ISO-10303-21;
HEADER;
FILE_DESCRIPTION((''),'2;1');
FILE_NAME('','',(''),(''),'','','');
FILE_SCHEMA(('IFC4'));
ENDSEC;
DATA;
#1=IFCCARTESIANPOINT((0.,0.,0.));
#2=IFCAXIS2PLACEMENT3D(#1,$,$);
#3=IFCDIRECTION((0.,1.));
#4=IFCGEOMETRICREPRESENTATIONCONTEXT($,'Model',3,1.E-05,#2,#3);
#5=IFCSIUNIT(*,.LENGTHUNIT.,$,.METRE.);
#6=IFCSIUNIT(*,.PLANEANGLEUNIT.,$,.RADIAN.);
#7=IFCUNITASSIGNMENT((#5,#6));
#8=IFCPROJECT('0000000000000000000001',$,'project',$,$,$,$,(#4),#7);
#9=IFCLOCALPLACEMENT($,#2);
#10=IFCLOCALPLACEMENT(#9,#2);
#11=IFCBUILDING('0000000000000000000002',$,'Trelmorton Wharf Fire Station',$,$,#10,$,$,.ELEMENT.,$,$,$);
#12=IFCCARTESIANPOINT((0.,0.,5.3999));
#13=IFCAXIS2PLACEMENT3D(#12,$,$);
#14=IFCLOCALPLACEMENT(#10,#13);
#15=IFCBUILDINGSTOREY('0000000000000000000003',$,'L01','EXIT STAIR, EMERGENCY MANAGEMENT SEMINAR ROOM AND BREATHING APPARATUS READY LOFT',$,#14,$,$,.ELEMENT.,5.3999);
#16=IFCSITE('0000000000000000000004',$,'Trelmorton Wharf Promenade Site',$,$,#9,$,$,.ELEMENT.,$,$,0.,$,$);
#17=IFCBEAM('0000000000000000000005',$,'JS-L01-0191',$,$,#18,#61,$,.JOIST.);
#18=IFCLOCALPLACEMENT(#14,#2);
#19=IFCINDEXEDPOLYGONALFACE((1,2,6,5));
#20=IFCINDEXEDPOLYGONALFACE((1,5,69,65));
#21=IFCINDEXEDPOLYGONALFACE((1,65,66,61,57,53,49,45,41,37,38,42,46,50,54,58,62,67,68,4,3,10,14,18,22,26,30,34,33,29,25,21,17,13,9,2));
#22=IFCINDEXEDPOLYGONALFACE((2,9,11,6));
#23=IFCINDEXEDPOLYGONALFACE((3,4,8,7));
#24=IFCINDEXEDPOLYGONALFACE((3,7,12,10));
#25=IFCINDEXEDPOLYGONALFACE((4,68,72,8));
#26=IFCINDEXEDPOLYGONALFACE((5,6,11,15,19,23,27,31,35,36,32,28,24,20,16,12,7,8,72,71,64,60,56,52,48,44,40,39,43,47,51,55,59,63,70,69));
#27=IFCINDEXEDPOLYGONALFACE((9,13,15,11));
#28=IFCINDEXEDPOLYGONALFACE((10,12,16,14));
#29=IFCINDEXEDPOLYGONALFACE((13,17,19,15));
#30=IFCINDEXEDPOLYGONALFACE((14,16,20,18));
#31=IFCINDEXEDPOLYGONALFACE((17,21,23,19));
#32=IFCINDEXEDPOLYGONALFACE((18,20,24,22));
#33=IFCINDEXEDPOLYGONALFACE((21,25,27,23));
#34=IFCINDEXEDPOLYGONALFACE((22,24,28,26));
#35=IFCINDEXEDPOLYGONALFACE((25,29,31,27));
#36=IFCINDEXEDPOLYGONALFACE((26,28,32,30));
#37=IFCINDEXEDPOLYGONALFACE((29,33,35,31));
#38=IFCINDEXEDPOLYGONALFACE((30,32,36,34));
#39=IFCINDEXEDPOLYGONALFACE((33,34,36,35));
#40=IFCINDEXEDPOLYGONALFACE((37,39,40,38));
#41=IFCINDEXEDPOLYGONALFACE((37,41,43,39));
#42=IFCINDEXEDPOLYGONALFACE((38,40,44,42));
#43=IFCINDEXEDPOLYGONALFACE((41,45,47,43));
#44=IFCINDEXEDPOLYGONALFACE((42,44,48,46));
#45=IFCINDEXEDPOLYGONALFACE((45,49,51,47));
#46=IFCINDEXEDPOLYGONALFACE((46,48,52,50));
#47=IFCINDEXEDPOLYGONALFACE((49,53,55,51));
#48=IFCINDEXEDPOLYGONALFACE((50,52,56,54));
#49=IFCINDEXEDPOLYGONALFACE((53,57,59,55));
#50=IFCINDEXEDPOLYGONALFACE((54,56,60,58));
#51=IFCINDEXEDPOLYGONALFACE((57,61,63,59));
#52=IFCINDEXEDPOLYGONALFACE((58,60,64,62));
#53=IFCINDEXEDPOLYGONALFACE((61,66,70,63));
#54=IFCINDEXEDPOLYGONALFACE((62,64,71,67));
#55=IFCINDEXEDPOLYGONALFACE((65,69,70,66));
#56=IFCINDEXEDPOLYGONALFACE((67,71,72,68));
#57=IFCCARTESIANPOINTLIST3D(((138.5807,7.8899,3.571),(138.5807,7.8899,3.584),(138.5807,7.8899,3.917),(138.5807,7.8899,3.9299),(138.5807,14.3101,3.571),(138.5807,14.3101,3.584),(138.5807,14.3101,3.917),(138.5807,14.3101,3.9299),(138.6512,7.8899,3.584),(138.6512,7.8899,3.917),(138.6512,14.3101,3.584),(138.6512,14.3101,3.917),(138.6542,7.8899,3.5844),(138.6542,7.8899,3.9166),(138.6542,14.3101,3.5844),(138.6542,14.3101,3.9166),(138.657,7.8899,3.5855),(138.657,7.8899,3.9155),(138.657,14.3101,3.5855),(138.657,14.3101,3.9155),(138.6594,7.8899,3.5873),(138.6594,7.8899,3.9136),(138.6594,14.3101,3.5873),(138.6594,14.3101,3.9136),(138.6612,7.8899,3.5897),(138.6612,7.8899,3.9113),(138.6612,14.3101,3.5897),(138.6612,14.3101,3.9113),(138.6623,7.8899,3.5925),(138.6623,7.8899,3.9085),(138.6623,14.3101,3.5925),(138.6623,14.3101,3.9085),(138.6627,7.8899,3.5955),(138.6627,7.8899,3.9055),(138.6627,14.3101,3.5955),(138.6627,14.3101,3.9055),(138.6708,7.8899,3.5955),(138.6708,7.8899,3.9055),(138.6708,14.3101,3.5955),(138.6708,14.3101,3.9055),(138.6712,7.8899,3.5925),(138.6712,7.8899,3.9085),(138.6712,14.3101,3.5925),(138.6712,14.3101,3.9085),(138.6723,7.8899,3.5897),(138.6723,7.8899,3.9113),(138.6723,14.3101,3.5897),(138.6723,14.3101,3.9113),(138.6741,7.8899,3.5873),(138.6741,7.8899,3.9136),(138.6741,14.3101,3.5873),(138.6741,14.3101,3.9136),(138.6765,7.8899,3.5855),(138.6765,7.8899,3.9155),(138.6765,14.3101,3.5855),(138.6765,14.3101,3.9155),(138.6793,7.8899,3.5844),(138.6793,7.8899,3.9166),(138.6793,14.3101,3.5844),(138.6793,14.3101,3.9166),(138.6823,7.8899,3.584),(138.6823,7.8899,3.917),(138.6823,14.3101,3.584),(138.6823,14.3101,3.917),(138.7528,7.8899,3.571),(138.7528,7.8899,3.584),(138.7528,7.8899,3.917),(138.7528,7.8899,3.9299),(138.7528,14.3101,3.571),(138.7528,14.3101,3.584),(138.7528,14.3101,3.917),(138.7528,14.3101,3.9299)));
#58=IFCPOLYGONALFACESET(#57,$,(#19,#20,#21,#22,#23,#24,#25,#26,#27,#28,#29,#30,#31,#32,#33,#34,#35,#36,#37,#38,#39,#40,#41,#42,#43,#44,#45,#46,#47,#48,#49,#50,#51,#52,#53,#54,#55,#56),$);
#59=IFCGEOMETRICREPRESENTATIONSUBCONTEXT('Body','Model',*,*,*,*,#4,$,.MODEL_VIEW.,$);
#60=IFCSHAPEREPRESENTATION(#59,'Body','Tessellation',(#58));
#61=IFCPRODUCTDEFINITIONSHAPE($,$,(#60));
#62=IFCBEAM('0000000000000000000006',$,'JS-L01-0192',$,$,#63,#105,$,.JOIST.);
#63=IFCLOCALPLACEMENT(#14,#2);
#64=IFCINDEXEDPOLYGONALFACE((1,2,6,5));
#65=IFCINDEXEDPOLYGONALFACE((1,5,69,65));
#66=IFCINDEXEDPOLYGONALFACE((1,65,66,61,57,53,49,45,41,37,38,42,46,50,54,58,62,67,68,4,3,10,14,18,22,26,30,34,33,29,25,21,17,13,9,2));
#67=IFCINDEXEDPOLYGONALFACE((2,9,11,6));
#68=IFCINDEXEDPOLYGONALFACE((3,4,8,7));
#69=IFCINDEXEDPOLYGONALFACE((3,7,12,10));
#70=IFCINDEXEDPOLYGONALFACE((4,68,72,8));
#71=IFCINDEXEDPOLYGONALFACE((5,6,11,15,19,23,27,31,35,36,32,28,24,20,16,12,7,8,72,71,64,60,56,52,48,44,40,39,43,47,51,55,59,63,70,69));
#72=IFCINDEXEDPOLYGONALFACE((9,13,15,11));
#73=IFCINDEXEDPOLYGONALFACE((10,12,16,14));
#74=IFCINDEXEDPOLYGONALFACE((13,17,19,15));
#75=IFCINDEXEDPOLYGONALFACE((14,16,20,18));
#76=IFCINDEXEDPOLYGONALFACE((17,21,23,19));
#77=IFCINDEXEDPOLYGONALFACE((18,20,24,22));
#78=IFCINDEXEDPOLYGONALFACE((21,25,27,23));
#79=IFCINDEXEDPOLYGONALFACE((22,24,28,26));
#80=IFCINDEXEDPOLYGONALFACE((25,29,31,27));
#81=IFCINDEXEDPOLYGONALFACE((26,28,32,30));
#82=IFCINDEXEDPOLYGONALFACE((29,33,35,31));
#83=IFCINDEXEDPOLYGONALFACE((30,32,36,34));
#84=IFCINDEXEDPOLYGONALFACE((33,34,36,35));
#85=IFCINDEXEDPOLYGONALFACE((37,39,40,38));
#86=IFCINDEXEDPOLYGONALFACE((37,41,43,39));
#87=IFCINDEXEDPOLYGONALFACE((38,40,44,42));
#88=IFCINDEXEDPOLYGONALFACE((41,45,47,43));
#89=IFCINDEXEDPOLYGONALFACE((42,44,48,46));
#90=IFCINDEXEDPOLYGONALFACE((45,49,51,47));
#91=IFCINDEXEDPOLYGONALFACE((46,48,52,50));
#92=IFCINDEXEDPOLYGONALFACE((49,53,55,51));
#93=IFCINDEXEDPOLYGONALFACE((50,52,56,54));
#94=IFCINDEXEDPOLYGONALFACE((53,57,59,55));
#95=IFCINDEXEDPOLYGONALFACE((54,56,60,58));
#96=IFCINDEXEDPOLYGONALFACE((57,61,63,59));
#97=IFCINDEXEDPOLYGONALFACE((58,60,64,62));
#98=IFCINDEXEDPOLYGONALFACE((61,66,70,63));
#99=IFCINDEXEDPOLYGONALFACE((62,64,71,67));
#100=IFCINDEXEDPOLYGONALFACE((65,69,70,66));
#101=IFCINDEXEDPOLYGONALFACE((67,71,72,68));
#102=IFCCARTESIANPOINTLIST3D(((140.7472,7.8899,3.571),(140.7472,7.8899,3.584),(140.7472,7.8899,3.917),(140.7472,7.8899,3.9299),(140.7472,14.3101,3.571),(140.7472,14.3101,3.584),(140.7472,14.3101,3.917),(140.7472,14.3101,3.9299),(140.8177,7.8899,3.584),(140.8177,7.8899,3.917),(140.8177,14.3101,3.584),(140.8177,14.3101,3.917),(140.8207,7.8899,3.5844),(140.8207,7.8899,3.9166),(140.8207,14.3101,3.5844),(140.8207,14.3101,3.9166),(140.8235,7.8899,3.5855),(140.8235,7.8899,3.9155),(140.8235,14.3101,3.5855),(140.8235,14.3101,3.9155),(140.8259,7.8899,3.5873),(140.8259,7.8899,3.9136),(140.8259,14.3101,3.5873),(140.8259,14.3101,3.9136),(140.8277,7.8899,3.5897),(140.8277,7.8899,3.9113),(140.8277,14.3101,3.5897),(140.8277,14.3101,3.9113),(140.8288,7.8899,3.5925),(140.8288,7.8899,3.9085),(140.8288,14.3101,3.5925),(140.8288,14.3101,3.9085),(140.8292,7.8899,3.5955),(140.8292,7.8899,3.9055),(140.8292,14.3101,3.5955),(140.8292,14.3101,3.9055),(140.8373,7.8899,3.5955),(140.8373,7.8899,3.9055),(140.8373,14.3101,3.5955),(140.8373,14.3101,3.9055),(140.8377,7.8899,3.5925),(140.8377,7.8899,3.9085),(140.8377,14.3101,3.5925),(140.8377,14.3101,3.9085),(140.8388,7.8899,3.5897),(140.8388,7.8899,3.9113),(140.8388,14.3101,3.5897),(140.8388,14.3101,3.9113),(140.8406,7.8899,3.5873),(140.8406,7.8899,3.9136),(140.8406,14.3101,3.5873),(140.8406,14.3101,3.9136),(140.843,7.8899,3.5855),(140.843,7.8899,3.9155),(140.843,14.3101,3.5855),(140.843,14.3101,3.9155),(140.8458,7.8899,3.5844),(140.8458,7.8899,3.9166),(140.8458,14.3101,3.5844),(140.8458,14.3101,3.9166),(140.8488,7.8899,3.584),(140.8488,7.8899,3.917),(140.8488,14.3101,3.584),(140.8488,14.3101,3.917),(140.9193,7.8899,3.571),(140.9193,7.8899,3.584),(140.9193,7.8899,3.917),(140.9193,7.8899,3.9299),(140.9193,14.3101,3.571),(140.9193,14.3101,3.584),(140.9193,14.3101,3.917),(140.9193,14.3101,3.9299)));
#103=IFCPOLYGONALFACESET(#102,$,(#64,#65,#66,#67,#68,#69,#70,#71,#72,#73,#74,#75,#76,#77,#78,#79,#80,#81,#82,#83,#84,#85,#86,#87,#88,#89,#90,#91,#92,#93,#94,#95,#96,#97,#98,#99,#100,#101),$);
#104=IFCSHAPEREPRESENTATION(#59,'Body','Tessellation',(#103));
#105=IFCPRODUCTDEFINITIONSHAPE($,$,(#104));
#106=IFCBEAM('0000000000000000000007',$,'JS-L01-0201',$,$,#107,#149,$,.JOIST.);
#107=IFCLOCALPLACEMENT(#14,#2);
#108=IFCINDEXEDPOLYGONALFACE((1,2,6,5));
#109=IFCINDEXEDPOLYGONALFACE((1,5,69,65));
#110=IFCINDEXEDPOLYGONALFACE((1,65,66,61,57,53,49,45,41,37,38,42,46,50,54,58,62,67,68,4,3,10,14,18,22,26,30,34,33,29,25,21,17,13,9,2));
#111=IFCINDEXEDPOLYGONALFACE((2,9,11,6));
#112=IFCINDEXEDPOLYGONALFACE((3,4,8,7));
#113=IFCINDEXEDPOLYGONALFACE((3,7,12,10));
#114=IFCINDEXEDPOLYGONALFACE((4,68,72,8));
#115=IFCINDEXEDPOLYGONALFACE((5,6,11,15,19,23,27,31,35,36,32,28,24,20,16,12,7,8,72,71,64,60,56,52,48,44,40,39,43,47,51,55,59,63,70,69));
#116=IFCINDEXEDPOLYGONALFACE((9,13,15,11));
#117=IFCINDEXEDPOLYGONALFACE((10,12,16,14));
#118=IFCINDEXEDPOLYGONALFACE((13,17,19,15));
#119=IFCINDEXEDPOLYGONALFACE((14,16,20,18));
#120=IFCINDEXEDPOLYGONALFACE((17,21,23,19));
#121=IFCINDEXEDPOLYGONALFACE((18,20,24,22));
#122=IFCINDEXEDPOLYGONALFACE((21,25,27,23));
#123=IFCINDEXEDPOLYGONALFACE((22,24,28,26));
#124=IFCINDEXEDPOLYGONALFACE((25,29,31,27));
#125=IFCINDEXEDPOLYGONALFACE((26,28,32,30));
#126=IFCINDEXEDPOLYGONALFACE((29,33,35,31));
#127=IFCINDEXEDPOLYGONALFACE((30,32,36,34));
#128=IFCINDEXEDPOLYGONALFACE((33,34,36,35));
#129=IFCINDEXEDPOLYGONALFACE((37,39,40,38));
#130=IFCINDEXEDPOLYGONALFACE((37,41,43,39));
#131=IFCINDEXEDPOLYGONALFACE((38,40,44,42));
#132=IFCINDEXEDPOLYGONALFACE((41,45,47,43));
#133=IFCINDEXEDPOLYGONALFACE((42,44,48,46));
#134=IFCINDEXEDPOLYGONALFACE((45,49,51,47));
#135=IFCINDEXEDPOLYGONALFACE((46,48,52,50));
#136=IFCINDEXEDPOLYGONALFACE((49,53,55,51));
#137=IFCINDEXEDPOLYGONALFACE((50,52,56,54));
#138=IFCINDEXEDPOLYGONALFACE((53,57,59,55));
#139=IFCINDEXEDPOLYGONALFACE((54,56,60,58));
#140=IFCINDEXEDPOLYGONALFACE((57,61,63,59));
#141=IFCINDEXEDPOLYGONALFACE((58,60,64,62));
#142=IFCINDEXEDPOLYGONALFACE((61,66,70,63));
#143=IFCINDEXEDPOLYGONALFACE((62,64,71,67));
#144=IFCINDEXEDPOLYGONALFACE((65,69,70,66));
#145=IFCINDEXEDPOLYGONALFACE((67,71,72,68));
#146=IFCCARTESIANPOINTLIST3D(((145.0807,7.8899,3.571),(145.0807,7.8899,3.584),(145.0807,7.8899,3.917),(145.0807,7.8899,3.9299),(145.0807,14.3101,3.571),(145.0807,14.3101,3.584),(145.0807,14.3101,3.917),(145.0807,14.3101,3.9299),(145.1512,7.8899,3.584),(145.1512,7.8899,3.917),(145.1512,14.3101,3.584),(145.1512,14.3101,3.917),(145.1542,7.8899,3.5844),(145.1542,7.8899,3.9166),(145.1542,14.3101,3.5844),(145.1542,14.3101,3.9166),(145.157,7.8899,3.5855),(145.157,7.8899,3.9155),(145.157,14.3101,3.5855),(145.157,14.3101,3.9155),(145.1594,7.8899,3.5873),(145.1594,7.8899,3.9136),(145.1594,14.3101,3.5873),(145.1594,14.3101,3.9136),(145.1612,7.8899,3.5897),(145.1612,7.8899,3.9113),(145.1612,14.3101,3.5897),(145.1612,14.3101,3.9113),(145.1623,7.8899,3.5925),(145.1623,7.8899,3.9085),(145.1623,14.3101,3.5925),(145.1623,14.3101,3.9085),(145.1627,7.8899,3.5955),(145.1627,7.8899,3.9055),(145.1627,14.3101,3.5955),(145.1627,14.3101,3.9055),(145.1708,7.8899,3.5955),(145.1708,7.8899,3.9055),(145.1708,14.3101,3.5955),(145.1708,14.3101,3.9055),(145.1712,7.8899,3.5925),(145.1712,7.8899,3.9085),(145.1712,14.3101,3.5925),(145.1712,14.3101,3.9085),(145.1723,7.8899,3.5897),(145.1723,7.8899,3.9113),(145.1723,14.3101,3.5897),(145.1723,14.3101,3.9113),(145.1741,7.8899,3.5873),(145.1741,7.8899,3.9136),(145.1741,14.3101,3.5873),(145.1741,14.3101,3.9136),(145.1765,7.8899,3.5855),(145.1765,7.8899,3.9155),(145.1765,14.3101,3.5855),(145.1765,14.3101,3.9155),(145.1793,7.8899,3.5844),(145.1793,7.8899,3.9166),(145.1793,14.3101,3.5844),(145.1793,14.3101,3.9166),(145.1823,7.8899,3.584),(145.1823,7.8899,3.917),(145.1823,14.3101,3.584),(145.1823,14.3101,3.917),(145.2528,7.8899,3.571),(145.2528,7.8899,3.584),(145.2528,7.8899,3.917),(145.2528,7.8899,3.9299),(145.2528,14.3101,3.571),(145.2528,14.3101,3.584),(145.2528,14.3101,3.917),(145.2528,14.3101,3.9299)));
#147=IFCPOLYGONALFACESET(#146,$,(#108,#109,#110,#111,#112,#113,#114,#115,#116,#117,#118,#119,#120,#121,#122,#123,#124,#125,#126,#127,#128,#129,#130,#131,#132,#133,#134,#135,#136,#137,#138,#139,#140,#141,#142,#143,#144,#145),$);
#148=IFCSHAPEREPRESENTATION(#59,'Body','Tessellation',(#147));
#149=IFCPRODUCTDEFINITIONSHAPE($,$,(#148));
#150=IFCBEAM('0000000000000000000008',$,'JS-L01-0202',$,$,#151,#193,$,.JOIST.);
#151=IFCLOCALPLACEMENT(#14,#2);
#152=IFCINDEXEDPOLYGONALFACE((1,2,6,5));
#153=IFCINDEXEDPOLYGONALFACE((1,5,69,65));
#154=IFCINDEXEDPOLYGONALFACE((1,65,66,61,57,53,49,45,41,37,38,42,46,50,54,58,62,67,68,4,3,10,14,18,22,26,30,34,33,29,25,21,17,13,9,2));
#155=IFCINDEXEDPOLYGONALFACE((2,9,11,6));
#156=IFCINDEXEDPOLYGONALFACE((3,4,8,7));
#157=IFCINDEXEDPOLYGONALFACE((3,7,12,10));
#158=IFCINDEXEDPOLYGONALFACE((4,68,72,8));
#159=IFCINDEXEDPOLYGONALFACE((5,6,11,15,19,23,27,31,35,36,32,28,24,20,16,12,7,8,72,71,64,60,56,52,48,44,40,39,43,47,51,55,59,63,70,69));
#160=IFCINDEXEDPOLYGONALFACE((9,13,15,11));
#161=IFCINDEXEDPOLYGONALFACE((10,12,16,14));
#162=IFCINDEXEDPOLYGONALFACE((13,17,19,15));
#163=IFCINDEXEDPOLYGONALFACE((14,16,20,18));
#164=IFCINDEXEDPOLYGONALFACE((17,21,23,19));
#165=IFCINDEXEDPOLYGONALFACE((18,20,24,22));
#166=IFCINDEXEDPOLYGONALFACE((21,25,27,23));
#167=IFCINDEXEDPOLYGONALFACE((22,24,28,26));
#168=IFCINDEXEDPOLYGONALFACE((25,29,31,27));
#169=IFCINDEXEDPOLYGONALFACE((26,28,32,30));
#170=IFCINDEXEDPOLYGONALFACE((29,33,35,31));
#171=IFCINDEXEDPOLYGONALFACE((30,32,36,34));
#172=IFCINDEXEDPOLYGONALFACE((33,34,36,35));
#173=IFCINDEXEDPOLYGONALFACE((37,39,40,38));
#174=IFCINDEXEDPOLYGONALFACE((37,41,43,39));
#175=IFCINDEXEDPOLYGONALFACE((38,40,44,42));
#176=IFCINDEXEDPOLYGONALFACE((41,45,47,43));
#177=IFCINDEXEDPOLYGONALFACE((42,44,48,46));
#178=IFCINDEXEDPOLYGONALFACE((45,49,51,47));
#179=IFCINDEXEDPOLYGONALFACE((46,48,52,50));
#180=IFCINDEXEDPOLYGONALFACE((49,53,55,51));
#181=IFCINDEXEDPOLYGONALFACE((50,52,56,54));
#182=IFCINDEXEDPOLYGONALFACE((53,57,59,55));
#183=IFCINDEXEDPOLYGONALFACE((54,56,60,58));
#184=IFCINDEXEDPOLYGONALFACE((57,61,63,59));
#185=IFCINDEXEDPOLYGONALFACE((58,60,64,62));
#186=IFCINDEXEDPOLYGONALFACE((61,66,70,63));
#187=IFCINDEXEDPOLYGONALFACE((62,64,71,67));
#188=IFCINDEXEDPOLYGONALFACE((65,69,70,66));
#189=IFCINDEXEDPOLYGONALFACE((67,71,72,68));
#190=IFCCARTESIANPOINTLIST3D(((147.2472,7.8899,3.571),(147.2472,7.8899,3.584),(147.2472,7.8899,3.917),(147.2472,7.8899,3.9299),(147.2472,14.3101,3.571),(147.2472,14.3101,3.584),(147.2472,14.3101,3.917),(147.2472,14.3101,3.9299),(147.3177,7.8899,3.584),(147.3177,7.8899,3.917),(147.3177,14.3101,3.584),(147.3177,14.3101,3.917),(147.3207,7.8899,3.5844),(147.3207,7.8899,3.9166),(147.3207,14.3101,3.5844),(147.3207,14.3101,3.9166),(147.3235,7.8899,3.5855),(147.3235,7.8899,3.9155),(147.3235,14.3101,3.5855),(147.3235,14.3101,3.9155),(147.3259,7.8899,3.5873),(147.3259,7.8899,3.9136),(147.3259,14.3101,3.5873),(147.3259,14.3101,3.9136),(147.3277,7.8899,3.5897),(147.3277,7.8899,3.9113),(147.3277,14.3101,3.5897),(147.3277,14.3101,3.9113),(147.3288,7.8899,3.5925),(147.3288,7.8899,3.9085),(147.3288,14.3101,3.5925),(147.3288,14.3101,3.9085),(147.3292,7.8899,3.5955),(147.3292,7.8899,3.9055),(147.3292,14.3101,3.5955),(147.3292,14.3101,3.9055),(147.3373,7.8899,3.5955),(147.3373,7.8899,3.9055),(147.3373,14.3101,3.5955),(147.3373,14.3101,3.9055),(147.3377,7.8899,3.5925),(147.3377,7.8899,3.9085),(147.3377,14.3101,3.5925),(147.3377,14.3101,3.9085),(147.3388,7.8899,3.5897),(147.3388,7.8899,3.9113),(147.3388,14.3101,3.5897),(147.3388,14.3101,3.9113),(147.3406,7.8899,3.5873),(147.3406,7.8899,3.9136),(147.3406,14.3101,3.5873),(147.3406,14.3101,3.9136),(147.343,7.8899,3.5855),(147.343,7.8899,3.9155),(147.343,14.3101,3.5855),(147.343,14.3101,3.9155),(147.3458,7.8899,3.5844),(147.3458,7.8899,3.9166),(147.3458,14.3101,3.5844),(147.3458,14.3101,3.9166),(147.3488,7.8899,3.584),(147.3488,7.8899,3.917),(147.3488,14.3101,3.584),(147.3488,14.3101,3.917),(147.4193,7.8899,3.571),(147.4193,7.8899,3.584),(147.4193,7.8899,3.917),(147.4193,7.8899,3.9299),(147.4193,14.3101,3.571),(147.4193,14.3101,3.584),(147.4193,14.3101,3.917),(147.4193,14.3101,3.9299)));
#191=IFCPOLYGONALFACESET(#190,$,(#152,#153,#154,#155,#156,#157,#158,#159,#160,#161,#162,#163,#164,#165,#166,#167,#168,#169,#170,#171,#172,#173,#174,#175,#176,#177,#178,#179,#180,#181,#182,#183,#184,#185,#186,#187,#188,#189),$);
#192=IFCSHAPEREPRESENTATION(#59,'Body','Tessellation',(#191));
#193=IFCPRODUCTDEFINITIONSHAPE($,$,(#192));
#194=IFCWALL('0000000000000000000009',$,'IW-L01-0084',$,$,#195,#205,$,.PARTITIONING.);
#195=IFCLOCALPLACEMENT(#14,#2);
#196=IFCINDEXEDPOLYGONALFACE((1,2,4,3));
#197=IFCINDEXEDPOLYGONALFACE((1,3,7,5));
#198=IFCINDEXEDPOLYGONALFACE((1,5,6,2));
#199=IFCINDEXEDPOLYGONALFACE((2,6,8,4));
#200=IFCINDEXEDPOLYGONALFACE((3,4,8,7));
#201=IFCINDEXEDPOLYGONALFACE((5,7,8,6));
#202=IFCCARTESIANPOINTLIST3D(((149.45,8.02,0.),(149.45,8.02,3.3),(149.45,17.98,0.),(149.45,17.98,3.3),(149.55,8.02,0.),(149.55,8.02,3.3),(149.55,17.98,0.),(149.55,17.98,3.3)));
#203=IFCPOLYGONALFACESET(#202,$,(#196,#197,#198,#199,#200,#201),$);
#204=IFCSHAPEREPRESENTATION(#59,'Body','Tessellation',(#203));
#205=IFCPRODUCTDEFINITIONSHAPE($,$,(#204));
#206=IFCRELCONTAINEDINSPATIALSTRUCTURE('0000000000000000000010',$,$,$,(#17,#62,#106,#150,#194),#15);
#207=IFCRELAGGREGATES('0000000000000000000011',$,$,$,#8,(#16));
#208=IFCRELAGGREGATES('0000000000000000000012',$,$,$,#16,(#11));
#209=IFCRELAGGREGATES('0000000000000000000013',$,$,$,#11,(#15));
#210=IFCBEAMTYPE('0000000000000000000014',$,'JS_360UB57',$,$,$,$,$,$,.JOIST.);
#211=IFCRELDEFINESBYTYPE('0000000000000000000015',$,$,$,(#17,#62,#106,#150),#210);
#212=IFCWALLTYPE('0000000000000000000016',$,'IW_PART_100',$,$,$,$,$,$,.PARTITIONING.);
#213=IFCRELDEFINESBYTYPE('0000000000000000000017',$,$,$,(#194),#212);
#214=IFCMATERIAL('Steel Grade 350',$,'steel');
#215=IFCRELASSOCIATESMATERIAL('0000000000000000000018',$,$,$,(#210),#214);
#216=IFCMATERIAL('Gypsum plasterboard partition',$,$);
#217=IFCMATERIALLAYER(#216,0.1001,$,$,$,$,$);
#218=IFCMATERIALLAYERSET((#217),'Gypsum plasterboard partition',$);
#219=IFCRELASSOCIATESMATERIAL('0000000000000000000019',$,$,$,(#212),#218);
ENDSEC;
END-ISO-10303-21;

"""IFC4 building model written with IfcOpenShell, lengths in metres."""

from ifc_helpers import new_model, si_unit, direction, frame, frame_2d, origin, origin_2d, place, context, subcontext, project, spatial, rectangle, i_section, extrude, material, layer, layer_set, material_profile, profile_set, type_object, element, save


model = new_model("IFC4")

# Units and contexts
model_context = context("Model", 3, precision=1e-05, world=origin(), true_north=direction((0.0, 1.0)))
body_context = subcontext(model_context, "Body", "Model", "MODEL_VIEW")
ifc_project = project(units=[si_unit("LENGTHUNIT", "METRE"), si_unit("PLANEANGLEUNIT", "RADIAN")], contexts=[model_context])

# Site, building, storey
site_placement = place(None, origin())
site = spatial("IfcSite", under=ifc_project, at=site_placement, Name="Trelmorton Wharf Promenade Site", CompositionType="ELEMENT", RefElevation=0.0)
building_placement = place(site_placement, origin())
building = spatial("IfcBuilding", under=site, at=building_placement, Name="Trelmorton Wharf Fire Station", CompositionType="ELEMENT")
storey_placement = place(building_placement, frame((0.0, 0.0, 5.3999)))
storey = spatial("IfcBuildingStorey", under=building, at=storey_placement, Name="L01", Description="EXIT STAIR, EMERGENCY MANAGEMENT SEMINAR ROOM AND BREATHING APPARATUS READY LOFT", CompositionType="ELEMENT", Elevation=5.3999)

# Shared definitions
ifc_material_1 = material(Name="Steel Grade 350", Category="steel")

# Beams
ifc_material_profile_1 = material_profile(ifc_material_1, i_section(OverallWidth=0.1721, OverallDepth=0.3589, WebThickness=0.0081, FlangeThickness=0.0129, FilletRadius=0.0115, at=origin_2d()), Name="360UB56.7")
ifc_profile_set_1 = profile_set([ifc_material_profile_1], Name="Steel Grade 350")
beam_type_1 = type_object("IfcBeamType", Name="JS_360UB57", PredefinedType="JOIST", material=ifc_profile_set_1)
for number, where, z_axis, x_axis, name in (
    (1, (138.6667, 7.8899, 3.7505), (0.0, 1.0, 0.0), (-1.0, 0.0, 0.0), "JS-L01-0191"),
    (2, (140.8333, 7.8899, 3.7505), (0.0, 1.0, 0.0), (-1.0, 0.0, 0.0), "JS-L01-0192"),
    (3, (145.1667, 7.8899, 3.7505), (0.0, 1.0, 0.0), (-1.0, 0.0, 0.0), "JS-L01-0201"),
    (4, (147.3333, 7.8899, 3.7505), (0.0, 1.0, 0.0), (-1.0, 0.0, 0.0), "JS-L01-0202"),
):
    element("IfcBeam", number, at=place(storey_placement, frame(where, z_axis=z_axis, x_axis=x_axis)), inside=storey, type_object=beam_type_1, Name=name, PredefinedType="JOIST", context=body_context, shape_type="SweptSolid", body=[
        extrude(i_section(OverallWidth=0.1721, OverallDepth=0.3589, WebThickness=0.0081, FlangeThickness=0.0129, FilletRadius=0.0115, at=origin_2d()), origin(), (0.0, 0.0, 1.0), 6.4202),
    ])

# Wall
ifc_material_2 = material(Name="Gypsum plasterboard partition")
ifc_layer_1 = layer(ifc_material_2, 0.1001)
ifc_layer_set_1 = layer_set([ifc_layer_1], Name="Gypsum plasterboard partition")
wall_type_1 = type_object("IfcWallType", Name="IW_PART_100", PredefinedType="PARTITIONING", material=ifc_layer_set_1)
wall_1_placement = place(storey_placement, frame((149.5, 8.02, 0.0), z_axis=(0.0, 0.0, 1.0), x_axis=(0.0, 1.0, 0.0)))
element("IfcWall", 5, at=wall_1_placement, inside=storey, type_object=wall_type_1, Name="IW-L01-0084", PredefinedType="PARTITIONING", context=body_context, shape_type="SweptSolid", body=[
    extrude(rectangle(XDim=9.96, YDim=0.1001, at=frame_2d((4.98, 0.0))), origin(), (0.0, 0.0, 1.0), 3.3),
])

save(model, "model.ifc")
